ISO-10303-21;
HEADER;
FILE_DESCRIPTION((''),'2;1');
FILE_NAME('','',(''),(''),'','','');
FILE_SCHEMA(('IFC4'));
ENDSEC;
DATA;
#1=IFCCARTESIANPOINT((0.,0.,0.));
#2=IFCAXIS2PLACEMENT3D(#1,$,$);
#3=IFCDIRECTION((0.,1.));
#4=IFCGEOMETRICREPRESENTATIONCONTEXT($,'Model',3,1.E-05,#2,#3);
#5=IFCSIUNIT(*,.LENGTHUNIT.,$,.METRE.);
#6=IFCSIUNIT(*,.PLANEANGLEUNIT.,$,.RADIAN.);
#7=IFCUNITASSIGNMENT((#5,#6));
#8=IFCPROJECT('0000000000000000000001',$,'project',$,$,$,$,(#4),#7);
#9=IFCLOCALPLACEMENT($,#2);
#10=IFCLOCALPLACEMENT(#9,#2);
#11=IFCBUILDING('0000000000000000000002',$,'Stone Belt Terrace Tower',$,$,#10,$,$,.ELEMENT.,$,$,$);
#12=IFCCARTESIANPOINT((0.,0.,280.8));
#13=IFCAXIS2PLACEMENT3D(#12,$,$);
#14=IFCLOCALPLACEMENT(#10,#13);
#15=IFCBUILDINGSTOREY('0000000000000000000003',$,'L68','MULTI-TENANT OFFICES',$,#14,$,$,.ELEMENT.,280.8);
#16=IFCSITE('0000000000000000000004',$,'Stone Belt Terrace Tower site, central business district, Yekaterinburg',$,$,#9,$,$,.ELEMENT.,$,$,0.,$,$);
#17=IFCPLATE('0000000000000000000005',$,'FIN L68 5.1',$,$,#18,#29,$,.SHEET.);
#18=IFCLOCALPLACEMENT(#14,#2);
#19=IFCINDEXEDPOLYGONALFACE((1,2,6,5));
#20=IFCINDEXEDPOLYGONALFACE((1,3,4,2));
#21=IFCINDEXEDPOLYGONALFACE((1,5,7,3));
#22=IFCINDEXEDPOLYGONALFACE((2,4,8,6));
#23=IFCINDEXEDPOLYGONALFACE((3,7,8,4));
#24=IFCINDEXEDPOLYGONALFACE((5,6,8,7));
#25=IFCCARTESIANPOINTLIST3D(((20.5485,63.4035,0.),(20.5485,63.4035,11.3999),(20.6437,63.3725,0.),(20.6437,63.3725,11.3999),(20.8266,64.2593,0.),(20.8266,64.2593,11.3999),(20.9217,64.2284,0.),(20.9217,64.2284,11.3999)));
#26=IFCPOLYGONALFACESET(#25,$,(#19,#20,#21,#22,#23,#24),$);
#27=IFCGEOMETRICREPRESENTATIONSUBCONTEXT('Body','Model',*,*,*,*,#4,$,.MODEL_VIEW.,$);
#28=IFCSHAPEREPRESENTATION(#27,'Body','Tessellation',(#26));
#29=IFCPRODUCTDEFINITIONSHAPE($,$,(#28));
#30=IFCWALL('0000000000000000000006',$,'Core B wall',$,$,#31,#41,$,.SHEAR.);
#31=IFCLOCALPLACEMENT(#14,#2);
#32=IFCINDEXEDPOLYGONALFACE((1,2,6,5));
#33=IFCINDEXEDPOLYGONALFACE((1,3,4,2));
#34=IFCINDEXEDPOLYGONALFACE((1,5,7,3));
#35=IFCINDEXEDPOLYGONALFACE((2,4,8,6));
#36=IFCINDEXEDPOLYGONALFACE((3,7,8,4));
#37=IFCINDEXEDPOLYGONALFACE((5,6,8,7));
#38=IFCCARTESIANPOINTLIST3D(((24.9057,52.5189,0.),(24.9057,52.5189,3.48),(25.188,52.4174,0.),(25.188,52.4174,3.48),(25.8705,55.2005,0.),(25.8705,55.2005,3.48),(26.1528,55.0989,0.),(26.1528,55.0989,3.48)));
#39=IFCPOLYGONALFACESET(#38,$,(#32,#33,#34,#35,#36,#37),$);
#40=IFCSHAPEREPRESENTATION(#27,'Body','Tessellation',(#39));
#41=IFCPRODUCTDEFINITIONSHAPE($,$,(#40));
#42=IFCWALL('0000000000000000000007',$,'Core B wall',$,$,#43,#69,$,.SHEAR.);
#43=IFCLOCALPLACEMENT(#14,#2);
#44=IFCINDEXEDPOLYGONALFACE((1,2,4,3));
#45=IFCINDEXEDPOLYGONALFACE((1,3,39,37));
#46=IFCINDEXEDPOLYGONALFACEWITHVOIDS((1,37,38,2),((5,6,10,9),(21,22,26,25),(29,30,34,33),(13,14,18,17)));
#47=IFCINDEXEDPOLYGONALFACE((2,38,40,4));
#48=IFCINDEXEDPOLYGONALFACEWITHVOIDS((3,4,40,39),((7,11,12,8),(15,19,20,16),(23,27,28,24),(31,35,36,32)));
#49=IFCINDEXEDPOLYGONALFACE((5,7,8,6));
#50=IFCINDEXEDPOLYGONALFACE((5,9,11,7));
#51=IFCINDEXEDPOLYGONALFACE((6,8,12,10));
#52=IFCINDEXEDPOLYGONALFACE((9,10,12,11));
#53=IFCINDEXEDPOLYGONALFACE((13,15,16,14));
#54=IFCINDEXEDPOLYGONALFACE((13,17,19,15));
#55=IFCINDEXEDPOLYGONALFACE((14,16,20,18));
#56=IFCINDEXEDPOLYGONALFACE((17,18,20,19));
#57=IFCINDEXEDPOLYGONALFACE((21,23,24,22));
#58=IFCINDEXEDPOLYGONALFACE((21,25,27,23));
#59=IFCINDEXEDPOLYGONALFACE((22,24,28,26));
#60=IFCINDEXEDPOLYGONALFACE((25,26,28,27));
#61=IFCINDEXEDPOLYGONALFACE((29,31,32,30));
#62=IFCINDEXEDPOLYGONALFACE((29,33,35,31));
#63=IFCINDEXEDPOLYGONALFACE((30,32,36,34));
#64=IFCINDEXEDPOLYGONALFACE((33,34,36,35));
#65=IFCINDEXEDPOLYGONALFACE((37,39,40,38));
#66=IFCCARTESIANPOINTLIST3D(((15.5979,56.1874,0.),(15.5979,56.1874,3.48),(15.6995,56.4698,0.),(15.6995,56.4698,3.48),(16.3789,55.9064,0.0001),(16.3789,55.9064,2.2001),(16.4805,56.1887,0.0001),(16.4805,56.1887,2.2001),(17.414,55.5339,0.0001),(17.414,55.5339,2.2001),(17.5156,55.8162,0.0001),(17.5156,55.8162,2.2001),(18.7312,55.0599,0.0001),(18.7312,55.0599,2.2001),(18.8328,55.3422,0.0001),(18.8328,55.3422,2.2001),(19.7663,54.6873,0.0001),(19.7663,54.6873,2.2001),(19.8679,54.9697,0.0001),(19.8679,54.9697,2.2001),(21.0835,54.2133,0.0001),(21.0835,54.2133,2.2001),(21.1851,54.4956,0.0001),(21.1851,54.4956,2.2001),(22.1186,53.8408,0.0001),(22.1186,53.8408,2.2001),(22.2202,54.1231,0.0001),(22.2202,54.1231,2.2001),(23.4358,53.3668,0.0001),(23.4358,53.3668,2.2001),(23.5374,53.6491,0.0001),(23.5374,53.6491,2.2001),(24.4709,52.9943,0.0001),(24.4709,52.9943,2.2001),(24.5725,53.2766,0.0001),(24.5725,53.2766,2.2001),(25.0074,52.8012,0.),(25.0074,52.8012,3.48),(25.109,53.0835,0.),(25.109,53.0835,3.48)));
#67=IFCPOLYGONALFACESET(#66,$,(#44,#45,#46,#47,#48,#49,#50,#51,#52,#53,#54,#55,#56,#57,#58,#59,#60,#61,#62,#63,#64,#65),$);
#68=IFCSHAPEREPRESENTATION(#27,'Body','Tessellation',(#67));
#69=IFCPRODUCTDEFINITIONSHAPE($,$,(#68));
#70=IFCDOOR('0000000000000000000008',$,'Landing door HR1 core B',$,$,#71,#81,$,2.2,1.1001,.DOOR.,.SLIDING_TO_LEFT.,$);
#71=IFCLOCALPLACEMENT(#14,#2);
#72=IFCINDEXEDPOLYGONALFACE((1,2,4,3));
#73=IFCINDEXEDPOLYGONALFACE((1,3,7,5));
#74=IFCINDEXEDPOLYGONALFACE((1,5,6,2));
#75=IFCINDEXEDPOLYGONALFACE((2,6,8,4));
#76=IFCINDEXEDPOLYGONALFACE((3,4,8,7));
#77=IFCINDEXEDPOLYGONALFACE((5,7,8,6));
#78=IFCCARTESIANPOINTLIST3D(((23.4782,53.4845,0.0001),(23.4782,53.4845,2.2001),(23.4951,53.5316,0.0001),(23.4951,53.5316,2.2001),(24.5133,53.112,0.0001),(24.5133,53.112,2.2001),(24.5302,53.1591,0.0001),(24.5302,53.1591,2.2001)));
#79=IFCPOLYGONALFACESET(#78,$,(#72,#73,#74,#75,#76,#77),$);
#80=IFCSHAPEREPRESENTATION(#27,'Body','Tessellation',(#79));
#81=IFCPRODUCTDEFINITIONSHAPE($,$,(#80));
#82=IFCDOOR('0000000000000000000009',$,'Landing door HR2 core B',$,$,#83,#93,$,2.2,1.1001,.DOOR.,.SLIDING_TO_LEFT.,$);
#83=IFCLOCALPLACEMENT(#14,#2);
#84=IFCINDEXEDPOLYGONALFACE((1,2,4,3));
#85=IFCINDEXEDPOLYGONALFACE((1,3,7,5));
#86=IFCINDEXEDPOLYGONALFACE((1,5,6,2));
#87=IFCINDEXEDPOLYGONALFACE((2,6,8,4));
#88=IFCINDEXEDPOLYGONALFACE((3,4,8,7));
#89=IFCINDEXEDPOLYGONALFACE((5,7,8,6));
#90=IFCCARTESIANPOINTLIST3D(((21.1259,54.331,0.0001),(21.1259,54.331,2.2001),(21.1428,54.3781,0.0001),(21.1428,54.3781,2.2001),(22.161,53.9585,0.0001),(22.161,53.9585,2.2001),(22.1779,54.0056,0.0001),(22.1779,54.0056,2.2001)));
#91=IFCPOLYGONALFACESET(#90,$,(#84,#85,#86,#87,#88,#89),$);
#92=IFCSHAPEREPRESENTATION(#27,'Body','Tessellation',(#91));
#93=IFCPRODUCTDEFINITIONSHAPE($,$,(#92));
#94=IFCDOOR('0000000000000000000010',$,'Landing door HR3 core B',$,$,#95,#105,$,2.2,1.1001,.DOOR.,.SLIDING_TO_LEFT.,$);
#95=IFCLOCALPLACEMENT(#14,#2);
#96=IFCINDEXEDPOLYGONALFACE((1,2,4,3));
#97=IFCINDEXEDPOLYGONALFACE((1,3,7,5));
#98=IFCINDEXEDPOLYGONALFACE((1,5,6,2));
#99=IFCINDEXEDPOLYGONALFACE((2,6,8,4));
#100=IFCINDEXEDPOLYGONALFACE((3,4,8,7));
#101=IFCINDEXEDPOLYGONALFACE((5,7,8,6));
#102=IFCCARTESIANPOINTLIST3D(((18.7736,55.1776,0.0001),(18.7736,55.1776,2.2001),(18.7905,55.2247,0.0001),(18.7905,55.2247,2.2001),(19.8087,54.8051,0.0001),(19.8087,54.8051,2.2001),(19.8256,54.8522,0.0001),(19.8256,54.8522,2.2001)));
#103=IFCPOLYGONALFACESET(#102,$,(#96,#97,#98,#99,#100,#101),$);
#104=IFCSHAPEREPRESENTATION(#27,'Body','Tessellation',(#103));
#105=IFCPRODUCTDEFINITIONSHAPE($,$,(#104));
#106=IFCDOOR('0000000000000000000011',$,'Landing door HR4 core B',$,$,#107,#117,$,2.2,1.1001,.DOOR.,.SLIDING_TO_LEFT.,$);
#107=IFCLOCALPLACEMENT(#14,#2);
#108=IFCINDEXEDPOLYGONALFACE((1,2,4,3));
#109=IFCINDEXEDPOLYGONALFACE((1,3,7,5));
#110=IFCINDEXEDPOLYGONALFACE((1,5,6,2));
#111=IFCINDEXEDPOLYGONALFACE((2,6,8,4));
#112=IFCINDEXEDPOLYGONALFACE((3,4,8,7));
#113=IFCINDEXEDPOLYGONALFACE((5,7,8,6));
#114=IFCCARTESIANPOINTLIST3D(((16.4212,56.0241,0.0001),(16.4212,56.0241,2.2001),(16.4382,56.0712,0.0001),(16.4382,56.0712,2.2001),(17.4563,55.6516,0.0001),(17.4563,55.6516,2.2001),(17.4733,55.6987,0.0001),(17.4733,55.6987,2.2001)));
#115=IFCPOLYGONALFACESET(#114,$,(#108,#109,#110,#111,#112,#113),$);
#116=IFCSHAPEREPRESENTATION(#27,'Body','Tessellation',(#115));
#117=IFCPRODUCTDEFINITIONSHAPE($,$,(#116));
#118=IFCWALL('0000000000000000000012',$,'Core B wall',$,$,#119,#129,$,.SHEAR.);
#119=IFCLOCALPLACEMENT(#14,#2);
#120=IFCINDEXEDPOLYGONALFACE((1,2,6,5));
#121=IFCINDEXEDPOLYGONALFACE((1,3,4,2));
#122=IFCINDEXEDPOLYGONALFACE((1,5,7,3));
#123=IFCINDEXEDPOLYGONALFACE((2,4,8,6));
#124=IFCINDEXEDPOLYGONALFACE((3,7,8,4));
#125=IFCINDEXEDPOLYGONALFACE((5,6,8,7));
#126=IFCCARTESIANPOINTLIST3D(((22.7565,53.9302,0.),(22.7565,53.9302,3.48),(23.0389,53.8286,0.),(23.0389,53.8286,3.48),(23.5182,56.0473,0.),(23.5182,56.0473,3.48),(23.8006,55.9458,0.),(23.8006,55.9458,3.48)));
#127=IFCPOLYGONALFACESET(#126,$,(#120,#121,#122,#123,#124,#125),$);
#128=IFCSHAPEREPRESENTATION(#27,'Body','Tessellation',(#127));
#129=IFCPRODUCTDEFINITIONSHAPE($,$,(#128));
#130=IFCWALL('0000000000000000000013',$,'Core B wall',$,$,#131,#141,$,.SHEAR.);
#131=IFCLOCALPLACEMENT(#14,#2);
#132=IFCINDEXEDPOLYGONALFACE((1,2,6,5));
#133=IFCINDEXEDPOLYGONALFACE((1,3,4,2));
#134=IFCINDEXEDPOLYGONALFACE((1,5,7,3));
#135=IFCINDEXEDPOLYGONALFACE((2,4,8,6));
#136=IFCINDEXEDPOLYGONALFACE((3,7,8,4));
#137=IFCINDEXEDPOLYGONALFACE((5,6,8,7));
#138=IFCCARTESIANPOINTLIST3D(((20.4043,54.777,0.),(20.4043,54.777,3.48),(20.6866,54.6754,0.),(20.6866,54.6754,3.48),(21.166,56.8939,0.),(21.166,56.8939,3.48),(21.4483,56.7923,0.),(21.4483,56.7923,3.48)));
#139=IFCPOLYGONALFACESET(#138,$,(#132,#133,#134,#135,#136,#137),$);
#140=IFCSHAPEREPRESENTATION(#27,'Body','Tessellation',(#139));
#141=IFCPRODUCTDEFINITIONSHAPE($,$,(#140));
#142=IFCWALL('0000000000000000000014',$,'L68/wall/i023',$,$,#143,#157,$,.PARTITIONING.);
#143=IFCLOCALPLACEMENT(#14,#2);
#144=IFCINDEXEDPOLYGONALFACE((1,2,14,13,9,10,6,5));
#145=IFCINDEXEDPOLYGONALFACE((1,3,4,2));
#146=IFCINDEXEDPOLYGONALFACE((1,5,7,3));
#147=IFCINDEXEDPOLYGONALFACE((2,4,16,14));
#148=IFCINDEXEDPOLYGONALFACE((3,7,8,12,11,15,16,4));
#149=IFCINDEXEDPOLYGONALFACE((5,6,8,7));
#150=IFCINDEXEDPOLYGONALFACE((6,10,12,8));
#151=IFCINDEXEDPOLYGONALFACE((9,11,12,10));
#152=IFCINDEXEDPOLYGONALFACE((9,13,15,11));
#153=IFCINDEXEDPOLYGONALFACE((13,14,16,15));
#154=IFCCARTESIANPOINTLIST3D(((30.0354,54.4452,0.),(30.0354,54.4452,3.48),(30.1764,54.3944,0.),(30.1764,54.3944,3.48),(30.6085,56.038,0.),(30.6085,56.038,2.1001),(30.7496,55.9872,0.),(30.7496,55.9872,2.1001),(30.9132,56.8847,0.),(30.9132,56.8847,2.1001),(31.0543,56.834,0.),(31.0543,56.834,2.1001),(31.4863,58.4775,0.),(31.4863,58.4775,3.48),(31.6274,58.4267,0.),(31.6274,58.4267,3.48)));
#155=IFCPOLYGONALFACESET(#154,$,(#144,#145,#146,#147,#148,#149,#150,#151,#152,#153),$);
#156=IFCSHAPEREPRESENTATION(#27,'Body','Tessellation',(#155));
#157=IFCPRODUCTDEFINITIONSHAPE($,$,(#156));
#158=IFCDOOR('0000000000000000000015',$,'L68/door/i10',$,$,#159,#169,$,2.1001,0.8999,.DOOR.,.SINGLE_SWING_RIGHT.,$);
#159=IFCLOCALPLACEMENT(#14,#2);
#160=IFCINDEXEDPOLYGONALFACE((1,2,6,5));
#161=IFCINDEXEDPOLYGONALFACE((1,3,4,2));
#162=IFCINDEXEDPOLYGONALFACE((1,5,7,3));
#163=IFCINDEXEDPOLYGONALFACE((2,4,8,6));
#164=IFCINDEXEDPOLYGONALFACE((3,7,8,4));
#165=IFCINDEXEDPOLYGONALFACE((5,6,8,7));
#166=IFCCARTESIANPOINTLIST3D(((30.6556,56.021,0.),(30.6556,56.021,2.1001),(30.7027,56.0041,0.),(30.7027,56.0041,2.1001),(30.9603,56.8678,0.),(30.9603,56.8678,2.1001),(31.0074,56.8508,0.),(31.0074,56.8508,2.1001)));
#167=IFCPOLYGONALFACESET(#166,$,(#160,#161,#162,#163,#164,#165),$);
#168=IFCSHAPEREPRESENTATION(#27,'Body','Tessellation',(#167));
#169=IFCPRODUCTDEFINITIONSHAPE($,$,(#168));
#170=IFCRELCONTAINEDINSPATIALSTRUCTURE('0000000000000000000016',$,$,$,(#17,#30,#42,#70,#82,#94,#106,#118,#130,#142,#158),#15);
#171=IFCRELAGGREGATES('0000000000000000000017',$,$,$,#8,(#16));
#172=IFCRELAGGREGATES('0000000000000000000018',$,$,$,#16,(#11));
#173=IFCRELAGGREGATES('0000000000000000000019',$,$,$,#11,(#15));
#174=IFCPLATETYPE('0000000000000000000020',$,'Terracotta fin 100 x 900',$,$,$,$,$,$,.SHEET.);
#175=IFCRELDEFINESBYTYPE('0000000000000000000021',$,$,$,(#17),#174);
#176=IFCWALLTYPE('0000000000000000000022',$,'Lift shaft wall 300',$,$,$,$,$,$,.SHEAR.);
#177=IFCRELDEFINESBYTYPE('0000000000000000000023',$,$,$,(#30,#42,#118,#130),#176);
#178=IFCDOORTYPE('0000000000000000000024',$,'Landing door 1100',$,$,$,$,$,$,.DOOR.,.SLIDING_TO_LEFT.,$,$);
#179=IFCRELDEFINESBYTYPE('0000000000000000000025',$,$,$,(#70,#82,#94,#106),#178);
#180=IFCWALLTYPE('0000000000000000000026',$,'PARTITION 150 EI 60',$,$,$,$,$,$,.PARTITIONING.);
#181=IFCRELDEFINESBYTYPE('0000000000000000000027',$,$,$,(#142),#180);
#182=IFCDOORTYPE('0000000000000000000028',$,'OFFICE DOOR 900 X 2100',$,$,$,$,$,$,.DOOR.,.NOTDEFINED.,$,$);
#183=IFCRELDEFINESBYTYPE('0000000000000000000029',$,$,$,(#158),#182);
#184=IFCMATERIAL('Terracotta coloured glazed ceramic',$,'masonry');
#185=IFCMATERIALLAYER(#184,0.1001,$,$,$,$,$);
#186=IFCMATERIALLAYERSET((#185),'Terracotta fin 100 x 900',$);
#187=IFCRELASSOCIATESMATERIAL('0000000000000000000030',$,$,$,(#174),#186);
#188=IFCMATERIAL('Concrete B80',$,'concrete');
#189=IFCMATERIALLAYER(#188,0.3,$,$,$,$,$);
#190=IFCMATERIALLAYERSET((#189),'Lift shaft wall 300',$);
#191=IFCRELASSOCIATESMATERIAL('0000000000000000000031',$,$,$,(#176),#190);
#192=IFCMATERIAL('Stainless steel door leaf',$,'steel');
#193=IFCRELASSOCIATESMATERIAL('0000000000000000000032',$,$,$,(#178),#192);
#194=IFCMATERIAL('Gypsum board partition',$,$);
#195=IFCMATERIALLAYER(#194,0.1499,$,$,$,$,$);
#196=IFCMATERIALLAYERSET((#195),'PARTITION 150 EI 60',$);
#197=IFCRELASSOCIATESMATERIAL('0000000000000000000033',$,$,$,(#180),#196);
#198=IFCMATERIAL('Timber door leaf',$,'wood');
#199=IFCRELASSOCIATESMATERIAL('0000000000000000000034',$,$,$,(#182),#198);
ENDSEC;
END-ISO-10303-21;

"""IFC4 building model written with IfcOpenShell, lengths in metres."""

from ifc_helpers import new_model, si_unit, direction, frame, frame_2d, origin, origin_2d, place, context, subcontext, project, spatial, rectangle, extrude, material, layer, layer_set, type_object, element, fill, save


model = new_model("IFC4")

# Units and contexts
model_context = context("Model", 3, precision=1e-05, world=origin(), true_north=direction((0.0, 1.0)))
body_context = subcontext(model_context, "Body", "Model", "MODEL_VIEW")
ifc_project = project(units=[si_unit("LENGTHUNIT", "METRE"), si_unit("PLANEANGLEUNIT", "RADIAN")], contexts=[model_context])

# Site, building, storey
site_placement = place(None, origin())
site = spatial("IfcSite", under=ifc_project, at=site_placement, Name="Stone Belt Terrace Tower site, central business district, Yekaterinburg", CompositionType="ELEMENT", RefElevation=0.0)
building_placement = place(site_placement, origin())
building = spatial("IfcBuilding", under=site, at=building_placement, Name="Stone Belt Terrace Tower", CompositionType="ELEMENT")
storey_placement = place(building_placement, frame((0.0, 0.0, 280.8)))
storey = spatial("IfcBuildingStorey", under=building, at=storey_placement, Name="L68", Description="MULTI-TENANT OFFICES", CompositionType="ELEMENT", Elevation=280.8)

# Plate
ifc_material_1 = material(Name="Terracotta coloured glazed ceramic", Category="masonry")
ifc_layer_1 = layer(ifc_material_1, 0.1001)
ifc_layer_set_1 = layer_set([ifc_layer_1], Name="Terracotta fin 100 x 900")
plate_type_1 = type_object("IfcPlateType", Name="Terracotta fin 100 x 900", PredefinedType="SHEET", material=ifc_layer_set_1)
for number, where, z_axis, x_axis, name in (
    (1, (20.7351, 63.8159, 0.0), (0.0, 0.0, 1.0), (0.309017, 0.951057, 0.0), "FIN L68 5.1"),
):
    element("IfcPlate", number, at=place(storey_placement, frame(where, z_axis=z_axis, x_axis=x_axis)), inside=storey, type_object=plate_type_1, Name=name, PredefinedType="SHEET", context=body_context, shape_type="SweptSolid", body=[
        extrude(rectangle(XDim=0.8999, YDim=0.1001, at=origin_2d()), origin(), (0.0, 0.0, 1.0), 11.3999),
    ])

# Wall
ifc_material_2 = material(Name="Concrete B80", Category="concrete")
ifc_layer_2 = layer(ifc_material_2, 0.3)
ifc_layer_set_2 = layer_set([ifc_layer_2], Name="Lift shaft wall 300")
wall_type_1 = type_object("IfcWallType", Name="Lift shaft wall 300", PredefinedType="SHEAR", material=ifc_layer_set_2)
wall_1_placement = place(storey_placement, frame((25.0469, 52.4683, 0.0), z_axis=(0.0, 0.0, 1.0), x_axis=(0.33855, 0.940949, 0.0)))
element("IfcWall", 2, at=wall_1_placement, inside=storey, type_object=wall_type_1, Name="Core B wall", PredefinedType="SHEAR", context=body_context, shape_type="SweptSolid", body=[
    extrude(rectangle(XDim=2.8499, YDim=0.3, at=frame_2d((1.4248, 0.0))), origin(), (0.0, 0.0, 1.0), 3.48),
])

# Wall, openings, doors
wall_2_placement = place(storey_placement, frame((25.0581, 52.9424, 0.0), z_axis=(0.0, 0.0, 1.0), x_axis=(-0.940924, 0.338617, 0.0)))
wall_2 = element("IfcWall", 3, at=wall_2_placement, inside=storey, type_object=wall_type_1, Name="Core B wall", PredefinedType="SHEAR", context=body_context, shape_type="SweptSolid", body=[
    extrude(rectangle(XDim=10.0002, YDim=0.3, at=frame_2d((5.0, 0.0))), origin(), (0.0, 0.0, 1.0), 3.48),
])
opening_1_placement = place(wall_2_placement, frame((0.5701, 0.0, 0.0)))
opening_1 = element("IfcOpeningElement", 4, at=opening_1_placement, cuts=wall_2, PredefinedType="OPENING", context=body_context, shape_type="SweptSolid", body=[
    extrude(rectangle(XDim=1.1001, YDim=2.2, at=frame_2d((0.55, 1.1001))), frame((0.0, 0.1599, 0.0), z_axis=(0.0, -1.0, 0.0), x_axis=(1.0, 0.0, 0.0)), (0.0, 0.0, 1.0), 0.3201),
])
opening_2_placement = place(wall_2_placement, frame((3.0701, 0.0, 0.0)))
opening_2 = element("IfcOpeningElement", 5, at=opening_2_placement, cuts=wall_2, PredefinedType="OPENING", context=body_context, shape_type="SweptSolid", body=[
    extrude(rectangle(XDim=1.1001, YDim=2.2, at=frame_2d((0.55, 1.1001))), frame((0.0, 0.1599, 0.0), z_axis=(0.0, -1.0, 0.0), x_axis=(1.0, 0.0, 0.0)), (0.0, 0.0, 1.0), 0.3201),
])
opening_3_placement = place(wall_2_placement, frame((5.5701, 0.0, 0.0)))
opening_3 = element("IfcOpeningElement", 6, at=opening_3_placement, cuts=wall_2, PredefinedType="OPENING", context=body_context, shape_type="SweptSolid", body=[
    extrude(rectangle(XDim=1.1001, YDim=2.2, at=frame_2d((0.55, 1.1001))), frame((0.0, 0.1599, 0.0), z_axis=(0.0, -1.0, 0.0), x_axis=(1.0, 0.0, 0.0)), (0.0, 0.0, 1.0), 0.3201),
])
opening_4_placement = place(wall_2_placement, frame((8.0701, 0.0, 0.0)))
opening_4 = element("IfcOpeningElement", 7, at=opening_4_placement, cuts=wall_2, PredefinedType="OPENING", context=body_context, shape_type="SweptSolid", body=[
    extrude(rectangle(XDim=1.1001, YDim=2.2, at=frame_2d((0.55, 1.1001))), frame((0.0, 0.1599, 0.0), z_axis=(0.0, -1.0, 0.0), x_axis=(1.0, 0.0, 0.0)), (0.0, 0.0, 1.0), 0.3201),
])
ifc_material_3 = material(Name="Stainless steel door leaf", Category="steel")
door_type_1 = type_object("IfcDoorType", Name="Landing door 1100", OperationType="SLIDING_TO_LEFT", PredefinedType="DOOR", material=ifc_material_3)
door_1_placement = place(opening_1_placement, origin())
door_1 = element("IfcDoor", 8, at=door_1_placement, inside=storey, type_object=door_type_1, Name="Landing door HR1 core B", OperationType="SLIDING_TO_LEFT", OverallHeight=2.2, OverallWidth=1.1001, PredefinedType="DOOR", context=body_context, shape_type="SweptSolid", body=[
    extrude(rectangle(XDim=1.1001, YDim=2.2, at=frame_2d((0.55, 1.1001))), frame((0.0, 0.0249, 0.0), z_axis=(0.0, -1.0, 0.0), x_axis=(1.0, 0.0, 0.0)), (0.0, 0.0, 1.0), 0.05),
])
fill(opening_1, door_1)
door_2_placement = place(opening_2_placement, origin())
door_2 = element("IfcDoor", 9, at=door_2_placement, inside=storey, type_object=door_type_1, Name="Landing door HR2 core B", OperationType="SLIDING_TO_LEFT", OverallHeight=2.2, OverallWidth=1.1001, PredefinedType="DOOR", context=body_context, shape_type="SweptSolid", body=[
    extrude(rectangle(XDim=1.1001, YDim=2.2, at=frame_2d((0.55, 1.1001))), frame((0.0, 0.0249, 0.0), z_axis=(0.0, -1.0, 0.0), x_axis=(1.0, 0.0, 0.0)), (0.0, 0.0, 1.0), 0.05),
])
fill(opening_2, door_2)
door_3_placement = place(opening_3_placement, origin())
door_3 = element("IfcDoor", 10, at=door_3_placement, inside=storey, type_object=door_type_1, Name="Landing door HR3 core B", OperationType="SLIDING_TO_LEFT", OverallHeight=2.2, OverallWidth=1.1001, PredefinedType="DOOR", context=body_context, shape_type="SweptSolid", body=[
    extrude(rectangle(XDim=1.1001, YDim=2.2, at=frame_2d((0.55, 1.1001))), frame((0.0, 0.0249, 0.0), z_axis=(0.0, -1.0, 0.0), x_axis=(1.0, 0.0, 0.0)), (0.0, 0.0, 1.0), 0.05),
])
fill(opening_3, door_3)
door_4_placement = place(opening_4_placement, origin())
door_4 = element("IfcDoor", 11, at=door_4_placement, inside=storey, type_object=door_type_1, Name="Landing door HR4 core B", OperationType="SLIDING_TO_LEFT", OverallHeight=2.2, OverallWidth=1.1001, PredefinedType="DOOR", context=body_context, shape_type="SweptSolid", body=[
    extrude(rectangle(XDim=1.1001, YDim=2.2, at=frame_2d((0.55, 1.1001))), frame((0.0, 0.0249, 0.0), z_axis=(0.0, -1.0, 0.0), x_axis=(1.0, 0.0, 0.0)), (0.0, 0.0, 1.0), 0.05),
])
fill(opening_4, door_4)

# Walls
wall_3_placement = place(storey_placement, frame((22.8977, 53.8794, 0.0), z_axis=(0.0, 0.0, 1.0), x_axis=(0.338535, 0.940954, 0.0)))
element("IfcWall", 12, at=wall_3_placement, inside=storey, type_object=wall_type_1, Name="Core B wall", PredefinedType="SHEAR", context=body_context, shape_type="SweptSolid", body=[
    extrude(rectangle(XDim=2.25, YDim=0.3, at=frame_2d((1.125, 0.0))), origin(), (0.0, 0.0, 1.0), 3.48),
])
wall_4_placement = place(storey_placement, frame((20.5454, 54.7261, 0.0), z_axis=(0.0, 0.0, 1.0), x_axis=(0.33857, 0.940941, 0.0)))
element("IfcWall", 13, at=wall_4_placement, inside=storey, type_object=wall_type_1, Name="Core B wall", PredefinedType="SHEAR", context=body_context, shape_type="SweptSolid", body=[
    extrude(rectangle(XDim=2.2498, YDim=0.3, at=frame_2d((1.125, 0.0))), origin(), (0.0, 0.0, 1.0), 3.48),
])

# Wall, opening, door
ifc_material_4 = material(Name="Gypsum board partition")
ifc_layer_3 = layer(ifc_material_4, 0.1499)
ifc_layer_set_3 = layer_set([ifc_layer_3], Name="PARTITION 150 EI 60")
wall_type_2 = type_object("IfcWallType", Name="PARTITION 150 EI 60", PredefinedType="PARTITIONING", material=ifc_layer_set_3)
wall_5_placement = place(storey_placement, frame((30.106, 54.4199, 0.0), z_axis=(0.0, 0.0, 1.0), x_axis=(0.33858, 0.940938, 0.0)))
wall_5 = element("IfcWall", 14, at=wall_5_placement, inside=storey, type_object=wall_type_2, Name="L68/wall/i023", PredefinedType="PARTITIONING", context=body_context, shape_type="SweptSolid", body=[
    extrude(rectangle(XDim=4.2854, YDim=0.1499, at=frame_2d((2.1426, 0.0))), origin(), (0.0, 0.0, 1.0), 3.48),
])
opening_5_placement = place(wall_5_placement, frame((1.6926, 0.0, 0.0)))
opening_5 = element("IfcOpeningElement", 15, at=opening_5_placement, cuts=wall_5, PredefinedType="OPENING", context=body_context, shape_type="SweptSolid", body=[
    extrude(rectangle(XDim=0.8999, YDim=2.1001, at=frame_2d((0.45, 1.05))), frame((0.0, 0.085, 0.0), z_axis=(0.0, -1.0, 0.0), x_axis=(1.0, 0.0, 0.0)), (0.0, 0.0, 1.0), 0.1699),
])
ifc_material_5 = material(Name="Timber door leaf", Category="wood")
door_type_2 = type_object("IfcDoorType", Name="OFFICE DOOR 900 X 2100", OperationType="NOTDEFINED", PredefinedType="DOOR", material=ifc_material_5)
door_5_placement = place(opening_5_placement, origin())
door_5 = element("IfcDoor", 16, at=door_5_placement, inside=storey, type_object=door_type_2, Name="L68/door/i10", OperationType="SINGLE_SWING_RIGHT", OverallHeight=2.1001, OverallWidth=0.8999, PredefinedType="DOOR", context=body_context, shape_type="SweptSolid", body=[
    extrude(rectangle(XDim=0.8999, YDim=2.1001, at=frame_2d((0.45, 1.05))), frame((0.0, 0.0249, 0.0), z_axis=(0.0, -1.0, 0.0), x_axis=(1.0, 0.0, 0.0)), (0.0, 0.0, 1.0), 0.05),
])
fill(opening_5, door_5)

save(model, "model.ifc")
